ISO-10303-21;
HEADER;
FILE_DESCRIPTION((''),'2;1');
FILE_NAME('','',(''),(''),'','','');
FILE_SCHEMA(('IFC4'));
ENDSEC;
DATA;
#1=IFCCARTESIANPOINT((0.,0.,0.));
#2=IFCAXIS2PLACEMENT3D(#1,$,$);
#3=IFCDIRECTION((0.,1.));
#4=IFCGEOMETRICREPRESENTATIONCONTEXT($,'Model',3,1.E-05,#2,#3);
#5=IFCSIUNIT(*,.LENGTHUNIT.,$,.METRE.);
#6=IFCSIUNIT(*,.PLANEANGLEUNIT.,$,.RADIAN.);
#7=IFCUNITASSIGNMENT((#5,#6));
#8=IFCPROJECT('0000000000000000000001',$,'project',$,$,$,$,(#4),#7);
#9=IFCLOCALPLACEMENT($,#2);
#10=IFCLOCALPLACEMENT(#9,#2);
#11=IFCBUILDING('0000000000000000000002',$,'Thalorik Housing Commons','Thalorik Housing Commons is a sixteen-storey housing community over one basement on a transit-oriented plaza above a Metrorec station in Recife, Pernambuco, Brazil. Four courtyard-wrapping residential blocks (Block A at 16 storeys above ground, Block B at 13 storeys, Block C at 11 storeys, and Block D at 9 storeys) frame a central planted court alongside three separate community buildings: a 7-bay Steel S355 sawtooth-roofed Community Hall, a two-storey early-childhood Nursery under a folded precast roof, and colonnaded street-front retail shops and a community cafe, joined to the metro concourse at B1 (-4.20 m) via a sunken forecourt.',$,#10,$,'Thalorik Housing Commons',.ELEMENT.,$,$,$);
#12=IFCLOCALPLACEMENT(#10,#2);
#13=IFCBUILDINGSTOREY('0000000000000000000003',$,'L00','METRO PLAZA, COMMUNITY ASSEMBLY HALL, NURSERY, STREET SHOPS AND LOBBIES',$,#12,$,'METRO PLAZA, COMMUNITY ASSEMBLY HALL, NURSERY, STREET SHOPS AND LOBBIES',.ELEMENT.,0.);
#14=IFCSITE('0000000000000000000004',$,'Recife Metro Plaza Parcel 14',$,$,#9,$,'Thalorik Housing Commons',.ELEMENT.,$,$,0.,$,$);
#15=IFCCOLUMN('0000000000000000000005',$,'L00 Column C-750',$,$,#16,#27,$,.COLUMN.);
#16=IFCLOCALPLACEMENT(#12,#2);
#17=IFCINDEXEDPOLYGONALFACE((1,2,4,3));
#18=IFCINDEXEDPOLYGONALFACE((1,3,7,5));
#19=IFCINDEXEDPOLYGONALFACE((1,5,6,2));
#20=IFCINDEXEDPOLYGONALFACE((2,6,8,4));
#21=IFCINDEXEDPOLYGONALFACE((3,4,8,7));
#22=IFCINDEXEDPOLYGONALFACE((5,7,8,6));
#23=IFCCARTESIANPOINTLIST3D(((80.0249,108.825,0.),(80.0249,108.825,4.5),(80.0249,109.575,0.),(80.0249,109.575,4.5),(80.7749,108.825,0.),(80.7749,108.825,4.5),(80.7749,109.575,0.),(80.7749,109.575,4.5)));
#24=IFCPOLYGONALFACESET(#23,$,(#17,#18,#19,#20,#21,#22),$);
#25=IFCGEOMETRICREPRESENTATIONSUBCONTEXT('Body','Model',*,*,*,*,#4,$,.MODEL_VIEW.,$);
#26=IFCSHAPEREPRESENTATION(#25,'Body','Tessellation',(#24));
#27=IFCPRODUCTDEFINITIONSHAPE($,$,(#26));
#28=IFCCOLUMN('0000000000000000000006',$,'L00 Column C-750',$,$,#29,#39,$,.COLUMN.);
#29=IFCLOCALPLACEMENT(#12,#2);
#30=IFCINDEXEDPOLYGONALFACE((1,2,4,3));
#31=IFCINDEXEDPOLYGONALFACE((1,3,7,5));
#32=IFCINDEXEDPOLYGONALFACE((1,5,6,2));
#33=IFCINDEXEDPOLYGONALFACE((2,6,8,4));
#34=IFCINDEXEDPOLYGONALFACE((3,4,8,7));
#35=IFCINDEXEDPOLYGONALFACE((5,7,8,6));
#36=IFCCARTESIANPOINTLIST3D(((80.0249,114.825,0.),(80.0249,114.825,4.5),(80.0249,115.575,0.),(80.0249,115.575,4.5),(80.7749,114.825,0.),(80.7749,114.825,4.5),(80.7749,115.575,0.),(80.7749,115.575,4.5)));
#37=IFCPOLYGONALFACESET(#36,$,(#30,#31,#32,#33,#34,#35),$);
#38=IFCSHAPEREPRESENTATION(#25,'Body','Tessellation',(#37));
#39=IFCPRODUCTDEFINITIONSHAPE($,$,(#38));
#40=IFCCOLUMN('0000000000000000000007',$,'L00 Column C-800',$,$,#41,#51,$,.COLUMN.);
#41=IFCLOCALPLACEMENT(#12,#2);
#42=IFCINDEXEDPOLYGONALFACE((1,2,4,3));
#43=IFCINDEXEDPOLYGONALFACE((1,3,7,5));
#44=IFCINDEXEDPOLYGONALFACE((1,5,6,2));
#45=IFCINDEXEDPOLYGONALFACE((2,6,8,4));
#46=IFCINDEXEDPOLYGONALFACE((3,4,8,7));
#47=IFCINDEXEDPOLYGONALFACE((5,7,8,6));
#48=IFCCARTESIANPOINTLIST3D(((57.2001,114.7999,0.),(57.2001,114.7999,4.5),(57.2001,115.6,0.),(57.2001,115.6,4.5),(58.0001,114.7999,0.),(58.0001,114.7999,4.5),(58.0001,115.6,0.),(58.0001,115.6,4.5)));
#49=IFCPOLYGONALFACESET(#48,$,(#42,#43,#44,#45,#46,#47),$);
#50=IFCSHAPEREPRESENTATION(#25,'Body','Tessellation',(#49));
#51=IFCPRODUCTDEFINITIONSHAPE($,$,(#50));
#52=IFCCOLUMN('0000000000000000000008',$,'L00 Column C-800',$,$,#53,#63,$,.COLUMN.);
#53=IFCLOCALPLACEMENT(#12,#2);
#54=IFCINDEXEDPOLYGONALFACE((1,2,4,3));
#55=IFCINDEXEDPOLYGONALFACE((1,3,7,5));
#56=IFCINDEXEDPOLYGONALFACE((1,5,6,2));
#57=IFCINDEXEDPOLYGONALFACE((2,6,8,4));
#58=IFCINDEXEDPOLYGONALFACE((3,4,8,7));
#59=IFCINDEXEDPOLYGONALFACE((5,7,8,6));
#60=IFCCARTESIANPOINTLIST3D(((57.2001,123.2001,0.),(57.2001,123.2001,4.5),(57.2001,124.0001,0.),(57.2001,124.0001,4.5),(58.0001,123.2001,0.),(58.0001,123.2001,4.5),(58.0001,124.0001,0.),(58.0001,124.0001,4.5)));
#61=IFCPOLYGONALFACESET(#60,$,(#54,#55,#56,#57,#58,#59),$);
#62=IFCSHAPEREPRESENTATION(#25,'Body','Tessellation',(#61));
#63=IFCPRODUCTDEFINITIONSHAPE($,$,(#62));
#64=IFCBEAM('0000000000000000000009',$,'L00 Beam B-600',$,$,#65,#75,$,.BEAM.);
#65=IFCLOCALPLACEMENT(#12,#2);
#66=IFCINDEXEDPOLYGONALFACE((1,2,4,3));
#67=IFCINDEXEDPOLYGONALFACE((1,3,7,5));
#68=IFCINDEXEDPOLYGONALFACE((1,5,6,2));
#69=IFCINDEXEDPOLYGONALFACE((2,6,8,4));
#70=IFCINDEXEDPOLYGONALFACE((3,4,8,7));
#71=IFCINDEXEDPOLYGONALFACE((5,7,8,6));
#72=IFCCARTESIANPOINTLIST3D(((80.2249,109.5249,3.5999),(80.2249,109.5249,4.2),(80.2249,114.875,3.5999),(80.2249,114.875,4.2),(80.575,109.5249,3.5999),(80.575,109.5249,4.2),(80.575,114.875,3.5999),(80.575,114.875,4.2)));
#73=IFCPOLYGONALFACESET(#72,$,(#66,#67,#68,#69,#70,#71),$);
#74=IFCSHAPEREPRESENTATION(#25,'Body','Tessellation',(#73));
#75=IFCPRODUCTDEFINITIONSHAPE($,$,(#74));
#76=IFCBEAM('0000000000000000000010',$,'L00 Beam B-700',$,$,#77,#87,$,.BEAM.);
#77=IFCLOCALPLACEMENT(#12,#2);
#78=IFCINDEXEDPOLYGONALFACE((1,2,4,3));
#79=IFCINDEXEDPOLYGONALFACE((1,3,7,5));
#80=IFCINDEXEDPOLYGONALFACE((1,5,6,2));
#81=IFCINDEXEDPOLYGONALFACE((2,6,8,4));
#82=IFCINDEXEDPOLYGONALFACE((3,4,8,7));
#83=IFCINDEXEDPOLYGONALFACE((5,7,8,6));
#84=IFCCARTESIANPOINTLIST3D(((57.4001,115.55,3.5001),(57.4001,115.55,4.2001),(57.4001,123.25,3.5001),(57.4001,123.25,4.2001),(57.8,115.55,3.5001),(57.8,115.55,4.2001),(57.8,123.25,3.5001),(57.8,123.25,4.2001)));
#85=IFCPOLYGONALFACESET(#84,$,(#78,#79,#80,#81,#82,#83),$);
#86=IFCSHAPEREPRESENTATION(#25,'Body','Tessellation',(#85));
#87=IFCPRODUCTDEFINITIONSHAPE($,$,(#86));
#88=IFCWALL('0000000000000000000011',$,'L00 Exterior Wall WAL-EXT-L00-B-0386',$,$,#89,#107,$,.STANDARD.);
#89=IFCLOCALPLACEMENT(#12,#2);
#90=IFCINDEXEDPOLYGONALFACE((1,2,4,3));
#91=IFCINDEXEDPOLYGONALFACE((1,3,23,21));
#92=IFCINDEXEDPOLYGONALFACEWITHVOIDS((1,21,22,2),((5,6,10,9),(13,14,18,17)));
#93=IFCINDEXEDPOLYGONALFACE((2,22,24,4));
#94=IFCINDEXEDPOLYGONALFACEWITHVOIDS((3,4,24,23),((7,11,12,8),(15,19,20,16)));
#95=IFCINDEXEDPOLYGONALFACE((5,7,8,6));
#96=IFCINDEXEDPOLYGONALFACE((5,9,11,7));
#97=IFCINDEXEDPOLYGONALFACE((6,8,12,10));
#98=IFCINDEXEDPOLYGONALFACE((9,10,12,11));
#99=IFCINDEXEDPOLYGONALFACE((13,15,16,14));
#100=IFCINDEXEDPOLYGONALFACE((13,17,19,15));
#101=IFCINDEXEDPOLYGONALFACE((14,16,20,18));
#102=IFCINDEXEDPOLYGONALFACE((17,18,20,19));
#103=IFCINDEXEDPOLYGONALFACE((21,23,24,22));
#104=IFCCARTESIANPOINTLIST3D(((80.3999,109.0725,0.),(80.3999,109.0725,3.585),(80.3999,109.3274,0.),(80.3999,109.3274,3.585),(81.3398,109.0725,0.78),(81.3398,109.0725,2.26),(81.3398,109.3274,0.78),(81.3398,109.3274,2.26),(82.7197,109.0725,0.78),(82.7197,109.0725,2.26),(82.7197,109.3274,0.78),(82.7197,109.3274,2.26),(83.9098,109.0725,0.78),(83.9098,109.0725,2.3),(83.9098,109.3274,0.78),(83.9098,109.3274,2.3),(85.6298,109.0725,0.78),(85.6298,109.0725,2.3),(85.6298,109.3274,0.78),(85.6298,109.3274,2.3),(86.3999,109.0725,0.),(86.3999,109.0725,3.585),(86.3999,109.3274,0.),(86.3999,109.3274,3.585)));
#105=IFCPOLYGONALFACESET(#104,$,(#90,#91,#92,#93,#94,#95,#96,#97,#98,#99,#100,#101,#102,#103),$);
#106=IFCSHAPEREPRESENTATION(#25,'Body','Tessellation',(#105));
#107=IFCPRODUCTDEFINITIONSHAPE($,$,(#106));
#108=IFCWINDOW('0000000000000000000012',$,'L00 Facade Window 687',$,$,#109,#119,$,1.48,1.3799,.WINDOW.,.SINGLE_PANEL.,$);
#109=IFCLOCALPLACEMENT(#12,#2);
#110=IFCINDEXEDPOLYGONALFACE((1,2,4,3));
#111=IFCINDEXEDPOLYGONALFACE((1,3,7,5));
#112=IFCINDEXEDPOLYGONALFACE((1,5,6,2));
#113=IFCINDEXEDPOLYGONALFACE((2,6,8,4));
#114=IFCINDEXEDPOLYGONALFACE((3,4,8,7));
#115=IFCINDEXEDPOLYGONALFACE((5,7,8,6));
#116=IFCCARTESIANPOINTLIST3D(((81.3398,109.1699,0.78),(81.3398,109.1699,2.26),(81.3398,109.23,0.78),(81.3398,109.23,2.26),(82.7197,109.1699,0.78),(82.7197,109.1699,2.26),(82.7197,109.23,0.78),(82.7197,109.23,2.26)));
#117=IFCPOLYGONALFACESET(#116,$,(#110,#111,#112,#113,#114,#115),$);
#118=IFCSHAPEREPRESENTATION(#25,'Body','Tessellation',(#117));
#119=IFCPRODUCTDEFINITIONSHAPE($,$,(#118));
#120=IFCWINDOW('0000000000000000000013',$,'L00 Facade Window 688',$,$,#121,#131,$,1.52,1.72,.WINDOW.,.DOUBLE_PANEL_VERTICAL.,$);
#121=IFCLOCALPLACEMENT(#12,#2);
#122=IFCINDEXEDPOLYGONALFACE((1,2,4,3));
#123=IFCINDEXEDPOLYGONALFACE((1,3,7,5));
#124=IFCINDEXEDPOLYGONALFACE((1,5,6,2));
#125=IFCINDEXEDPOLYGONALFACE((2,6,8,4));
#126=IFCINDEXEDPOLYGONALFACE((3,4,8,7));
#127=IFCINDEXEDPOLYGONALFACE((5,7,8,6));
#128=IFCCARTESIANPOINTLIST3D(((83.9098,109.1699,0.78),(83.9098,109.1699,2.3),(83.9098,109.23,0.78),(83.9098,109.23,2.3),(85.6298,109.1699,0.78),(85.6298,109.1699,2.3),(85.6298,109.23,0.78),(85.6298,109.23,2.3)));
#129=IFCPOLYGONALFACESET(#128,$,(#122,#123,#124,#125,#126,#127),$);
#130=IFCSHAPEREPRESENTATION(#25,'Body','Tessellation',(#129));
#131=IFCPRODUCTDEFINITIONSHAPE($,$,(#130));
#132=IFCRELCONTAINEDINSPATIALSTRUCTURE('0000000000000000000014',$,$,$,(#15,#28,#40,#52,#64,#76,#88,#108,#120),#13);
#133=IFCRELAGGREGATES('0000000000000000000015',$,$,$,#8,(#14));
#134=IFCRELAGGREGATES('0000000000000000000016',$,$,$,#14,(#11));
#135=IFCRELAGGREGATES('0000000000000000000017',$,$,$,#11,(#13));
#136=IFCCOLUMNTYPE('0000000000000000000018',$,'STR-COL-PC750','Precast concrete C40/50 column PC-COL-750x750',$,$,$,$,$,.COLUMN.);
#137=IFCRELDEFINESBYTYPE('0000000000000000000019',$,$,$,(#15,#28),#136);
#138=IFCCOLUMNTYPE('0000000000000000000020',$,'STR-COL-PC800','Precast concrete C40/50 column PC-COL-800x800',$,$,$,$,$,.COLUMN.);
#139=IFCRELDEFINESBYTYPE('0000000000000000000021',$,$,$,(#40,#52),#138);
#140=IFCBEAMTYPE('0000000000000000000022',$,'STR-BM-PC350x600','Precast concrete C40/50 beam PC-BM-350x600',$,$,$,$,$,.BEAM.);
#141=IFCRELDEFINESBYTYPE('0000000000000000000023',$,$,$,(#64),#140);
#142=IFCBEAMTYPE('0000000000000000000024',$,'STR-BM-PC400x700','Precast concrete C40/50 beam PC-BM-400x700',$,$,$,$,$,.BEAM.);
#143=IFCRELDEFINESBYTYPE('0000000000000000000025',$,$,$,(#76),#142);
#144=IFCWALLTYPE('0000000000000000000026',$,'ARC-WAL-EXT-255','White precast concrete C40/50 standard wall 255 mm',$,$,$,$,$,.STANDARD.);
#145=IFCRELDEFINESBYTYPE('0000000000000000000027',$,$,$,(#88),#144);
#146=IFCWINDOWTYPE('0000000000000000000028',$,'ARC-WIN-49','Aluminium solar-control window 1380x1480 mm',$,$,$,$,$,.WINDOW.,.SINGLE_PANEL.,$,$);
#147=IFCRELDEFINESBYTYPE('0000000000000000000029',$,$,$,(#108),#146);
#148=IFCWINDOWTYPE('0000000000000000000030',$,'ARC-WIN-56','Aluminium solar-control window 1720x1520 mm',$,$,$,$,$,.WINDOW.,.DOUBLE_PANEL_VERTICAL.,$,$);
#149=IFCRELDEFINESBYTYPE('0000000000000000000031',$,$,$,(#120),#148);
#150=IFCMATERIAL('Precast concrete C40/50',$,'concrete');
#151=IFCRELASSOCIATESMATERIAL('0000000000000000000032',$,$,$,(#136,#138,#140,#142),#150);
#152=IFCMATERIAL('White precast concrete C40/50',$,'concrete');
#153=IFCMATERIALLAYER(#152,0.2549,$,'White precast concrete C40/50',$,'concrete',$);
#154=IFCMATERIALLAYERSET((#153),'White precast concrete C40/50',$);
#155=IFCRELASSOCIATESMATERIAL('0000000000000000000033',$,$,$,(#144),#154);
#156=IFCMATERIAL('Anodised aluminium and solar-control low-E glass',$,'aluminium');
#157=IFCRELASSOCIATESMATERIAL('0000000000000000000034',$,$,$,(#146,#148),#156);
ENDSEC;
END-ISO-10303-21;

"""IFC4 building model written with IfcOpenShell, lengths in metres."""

from ifc_helpers import new_model, si_unit, direction, frame, frame_2d, origin, origin_2d, place, context, subcontext, project, spatial, rectangle, extrude, material, layer, layer_set, material_profile, profile_set, type_object, element, fill, save


model = new_model("IFC4")

# Units and contexts
model_context = context("Model", 3, precision=1e-05, world=origin(), true_north=direction((0.0, 1.0)))
body_context = subcontext(model_context, "Body", "Model", "MODEL_VIEW")
ifc_project = project(units=[si_unit("LENGTHUNIT", "METRE"), si_unit("PLANEANGLEUNIT", "RADIAN")], contexts=[model_context])

# Site, building, storey
site_placement = place(None, origin())
site = spatial("IfcSite", under=ifc_project, at=site_placement, Name="Recife Metro Plaza Parcel 14", LongName="Thalorik Housing Commons", CompositionType="ELEMENT", RefElevation=0.0)
building_placement = place(site_placement, origin())
building = spatial("IfcBuilding", under=site, at=building_placement, Name="Thalorik Housing Commons", Description="Thalorik Housing Commons is a sixteen-storey housing community over one basement on a transit-oriented plaza above a Metrorec station in Recife, Pernambuco, Brazil. Four courtyard-wrapping residential blocks (Block A at 16 storeys above ground, Block B at 13 storeys, Block C at 11 storeys, and Block D at 9 storeys) frame a central planted court alongside three separate community buildings: a 7-bay Steel S355 sawtooth-roofed Community Hall, a two-storey early-childhood Nursery under a folded precast roof, and colonnaded street-front retail shops and a community cafe, joined to the metro concourse at B1 (-4.20 m) via a sunken forecourt.", LongName="Thalorik Housing Commons", CompositionType="ELEMENT")
storey_placement = place(building_placement, origin())
storey = spatial("IfcBuildingStorey", under=building, at=storey_placement, Name="L00", Description="METRO PLAZA, COMMUNITY ASSEMBLY HALL, NURSERY, STREET SHOPS AND LOBBIES", LongName="METRO PLAZA, COMMUNITY ASSEMBLY HALL, NURSERY, STREET SHOPS AND LOBBIES", CompositionType="ELEMENT", Elevation=0.0)

# Columns
ifc_material_1 = material(Name="Precast concrete C40/50", Category="concrete")
ifc_material_profile_1 = material_profile(ifc_material_1, rectangle(XDim=0.75, YDim=0.75, at=origin_2d()), Name="PC 750x750", Category="concrete")
ifc_profile_set_1 = profile_set([ifc_material_profile_1], Name="Precast concrete C40/50")
column_type_1 = type_object("IfcColumnType", Name="STR-COL-PC750", Description="Precast concrete C40/50 column PC-COL-750x750", PredefinedType="COLUMN", material=ifc_profile_set_1)
for number, where, z_axis, x_axis, name in (
    (1, (80.3999, 109.2, 0.0), (0.0, 0.0, 1.0), (1.0, 0.0, 0.0), "L00 Column C-750"),
    (2, (80.3999, 115.2, 0.0), (0.0, 0.0, 1.0), (1.0, 0.0, 0.0), "L00 Column C-750"),
):
    element("IfcColumn", number, at=place(storey_placement, frame(where, z_axis=z_axis, x_axis=x_axis)), inside=storey, type_object=column_type_1, Name=name, PredefinedType="COLUMN", context=body_context, shape_type="SweptSolid", body=[
        extrude(rectangle(XDim=0.75, YDim=0.75, at=origin_2d()), origin(), (0.0, 0.0, 1.0), 4.5),
    ])
ifc_material_profile_2 = material_profile(ifc_material_1, rectangle(XDim=0.8, YDim=0.8, at=origin_2d()), Name="PC 800x800", Category="concrete")
ifc_profile_set_2 = profile_set([ifc_material_profile_2], Name="Precast concrete C40/50")
column_type_2 = type_object("IfcColumnType", Name="STR-COL-PC800", Description="Precast concrete C40/50 column PC-COL-800x800", PredefinedType="COLUMN", material=ifc_profile_set_2)
for number, where, z_axis, x_axis, name in (
    (3, (57.6001, 115.2, 0.0), (0.0, 0.0, 1.0), (1.0, 0.0, 0.0), "L00 Column C-800"),
    (4, (57.6001, 123.6001, 0.0), (0.0, 0.0, 1.0), (1.0, 0.0, 0.0), "L00 Column C-800"),
):
    element("IfcColumn", number, at=place(storey_placement, frame(where, z_axis=z_axis, x_axis=x_axis)), inside=storey, type_object=column_type_2, Name=name, PredefinedType="COLUMN", context=body_context, shape_type="SweptSolid", body=[
        extrude(rectangle(XDim=0.8, YDim=0.8, at=origin_2d()), origin(), (0.0, 0.0, 1.0), 4.5),
    ])

# Beams
ifc_material_profile_3 = material_profile(ifc_material_1, rectangle(XDim=0.3501, YDim=0.6001, at=origin_2d()), Name="PC 350x600", Category="concrete")
ifc_profile_set_3 = profile_set([ifc_material_profile_3], Name="Precast concrete C40/50")
beam_type_1 = type_object("IfcBeamType", Name="STR-BM-PC350x600", Description="Precast concrete C40/50 beam PC-BM-350x600", PredefinedType="BEAM", material=ifc_profile_set_3)
beam_1_placement = place(storey_placement, frame((80.3999, 109.5249, 3.8999), z_axis=(0.0, 1.0, 0.0), x_axis=(-1.0, 0.0, 0.0)))
element("IfcBeam", 5, at=beam_1_placement, inside=storey, type_object=beam_type_1, Name="L00 Beam B-600", PredefinedType="BEAM", context=body_context, shape_type="SweptSolid", body=[
    extrude(rectangle(XDim=0.3501, YDim=0.6001, at=origin_2d()), origin(), (0.0, 0.0, 1.0), 5.3501),
])
ifc_material_profile_4 = material_profile(ifc_material_1, rectangle(XDim=0.3999, YDim=0.7, at=origin_2d()), Name="PC 400x700", Category="concrete")
ifc_profile_set_4 = profile_set([ifc_material_profile_4], Name="Precast concrete C40/50")
beam_type_2 = type_object("IfcBeamType", Name="STR-BM-PC400x700", Description="Precast concrete C40/50 beam PC-BM-400x700", PredefinedType="BEAM", material=ifc_profile_set_4)
beam_2_placement = place(storey_placement, frame((57.6001, 115.55, 3.8501), z_axis=(0.0, 1.0, 0.0), x_axis=(-1.0, 0.0, 0.0)))
element("IfcBeam", 6, at=beam_2_placement, inside=storey, type_object=beam_type_2, Name="L00 Beam B-700", PredefinedType="BEAM", context=body_context, shape_type="SweptSolid", body=[
    extrude(rectangle(XDim=0.3999, YDim=0.7, at=origin_2d()), origin(), (0.0, 0.0, 1.0), 7.7),
])

# Wall, openings, windows
ifc_material_2 = material(Name="White precast concrete C40/50", Category="concrete")
ifc_layer_1 = layer(ifc_material_2, 0.2549, Name="White precast concrete C40/50", Category="concrete")
ifc_layer_set_1 = layer_set([ifc_layer_1], Name="White precast concrete C40/50")
wall_type_1 = type_object("IfcWallType", Name="ARC-WAL-EXT-255", Description="White precast concrete C40/50 standard wall 255 mm", PredefinedType="STANDARD", material=ifc_layer_set_1)
wall_1_placement = place(storey_placement, frame((80.3999, 109.2, 0.0), z_axis=(0.0, 0.0, 1.0), x_axis=(1.0, 0.0, 0.0)))
wall_1 = element("IfcWall", 7, at=wall_1_placement, inside=storey, type_object=wall_type_1, Name="L00 Exterior Wall WAL-EXT-L00-B-0386", PredefinedType="STANDARD", context=body_context, shape_type="SweptSolid", body=[
    extrude(rectangle(XDim=6.0, YDim=0.2549, at=frame_2d((3.0, 0.0))), origin(), (0.0, 0.0, 1.0), 3.585),
])
opening_1_placement = place(wall_1_placement, frame((0.9399, 0.0, 0.78)))
opening_1 = element("IfcOpeningElement", 8, at=opening_1_placement, cuts=wall_1, PredefinedType="OPENING", context=body_context, shape_type="SweptSolid", body=[
    extrude(rectangle(XDim=1.3799, YDim=1.48, at=frame_2d((0.6899, 0.74))), frame((0.0, 0.1375, 0.0), z_axis=(0.0, -1.0, 0.0), x_axis=(1.0, 0.0, 0.0)), (0.0, 0.0, 1.0), 0.2749),
])
opening_2_placement = place(wall_1_placement, frame((3.51, 0.0, 0.78)))
opening_2 = element("IfcOpeningElement", 9, at=opening_2_placement, cuts=wall_1, PredefinedType="OPENING", context=body_context, shape_type="SweptSolid", body=[
    extrude(rectangle(XDim=1.72, YDim=1.52, at=frame_2d((0.8599, 0.76))), frame((0.0, 0.1375, 0.0), z_axis=(0.0, -1.0, 0.0), x_axis=(1.0, 0.0, 0.0)), (0.0, 0.0, 1.0), 0.2749),
])
ifc_material_3 = material(Name="Anodised aluminium and solar-control low-E glass", Category="aluminium")
window_type_1 = type_object("IfcWindowType", Name="ARC-WIN-49", Description="Aluminium solar-control window 1380x1480 mm", PartitioningType="SINGLE_PANEL", PredefinedType="WINDOW", material=ifc_material_3)
window_1_placement = place(opening_1_placement, origin())
window_1 = element("IfcWindow", 10, at=window_1_placement, inside=storey, type_object=window_type_1, Name="L00 Facade Window 687", OverallHeight=1.48, OverallWidth=1.3799, PartitioningType="SINGLE_PANEL", PredefinedType="WINDOW", context=body_context, shape_type="SweptSolid", body=[
    extrude(rectangle(XDim=1.3799, YDim=1.48, at=frame_2d((0.6899, 0.74))), frame((0.0, 0.03, 0.0), z_axis=(0.0, -1.0, 0.0), x_axis=(1.0, 0.0, 0.0)), (0.0, 0.0, 1.0), 0.0601),
])
fill(opening_1, window_1)
window_type_2 = type_object("IfcWindowType", Name="ARC-WIN-56", Description="Aluminium solar-control window 1720x1520 mm", PartitioningType="DOUBLE_PANEL_VERTICAL", PredefinedType="WINDOW", material=ifc_material_3)
window_2_placement = place(opening_2_placement, origin())
window_2 = element("IfcWindow", 11, at=window_2_placement, inside=storey, type_object=window_type_2, Name="L00 Facade Window 688", OverallHeight=1.52, OverallWidth=1.72, PartitioningType="DOUBLE_PANEL_VERTICAL", PredefinedType="WINDOW", context=body_context, shape_type="SweptSolid", body=[
    extrude(rectangle(XDim=1.72, YDim=1.52, at=frame_2d((0.8599, 0.76))), frame((0.0, 0.03, 0.0), z_axis=(0.0, -1.0, 0.0), x_axis=(1.0, 0.0, 0.0)), (0.0, 0.0, 1.0), 0.0601),
])
fill(opening_2, window_2)

save(model, "model.ifc")
